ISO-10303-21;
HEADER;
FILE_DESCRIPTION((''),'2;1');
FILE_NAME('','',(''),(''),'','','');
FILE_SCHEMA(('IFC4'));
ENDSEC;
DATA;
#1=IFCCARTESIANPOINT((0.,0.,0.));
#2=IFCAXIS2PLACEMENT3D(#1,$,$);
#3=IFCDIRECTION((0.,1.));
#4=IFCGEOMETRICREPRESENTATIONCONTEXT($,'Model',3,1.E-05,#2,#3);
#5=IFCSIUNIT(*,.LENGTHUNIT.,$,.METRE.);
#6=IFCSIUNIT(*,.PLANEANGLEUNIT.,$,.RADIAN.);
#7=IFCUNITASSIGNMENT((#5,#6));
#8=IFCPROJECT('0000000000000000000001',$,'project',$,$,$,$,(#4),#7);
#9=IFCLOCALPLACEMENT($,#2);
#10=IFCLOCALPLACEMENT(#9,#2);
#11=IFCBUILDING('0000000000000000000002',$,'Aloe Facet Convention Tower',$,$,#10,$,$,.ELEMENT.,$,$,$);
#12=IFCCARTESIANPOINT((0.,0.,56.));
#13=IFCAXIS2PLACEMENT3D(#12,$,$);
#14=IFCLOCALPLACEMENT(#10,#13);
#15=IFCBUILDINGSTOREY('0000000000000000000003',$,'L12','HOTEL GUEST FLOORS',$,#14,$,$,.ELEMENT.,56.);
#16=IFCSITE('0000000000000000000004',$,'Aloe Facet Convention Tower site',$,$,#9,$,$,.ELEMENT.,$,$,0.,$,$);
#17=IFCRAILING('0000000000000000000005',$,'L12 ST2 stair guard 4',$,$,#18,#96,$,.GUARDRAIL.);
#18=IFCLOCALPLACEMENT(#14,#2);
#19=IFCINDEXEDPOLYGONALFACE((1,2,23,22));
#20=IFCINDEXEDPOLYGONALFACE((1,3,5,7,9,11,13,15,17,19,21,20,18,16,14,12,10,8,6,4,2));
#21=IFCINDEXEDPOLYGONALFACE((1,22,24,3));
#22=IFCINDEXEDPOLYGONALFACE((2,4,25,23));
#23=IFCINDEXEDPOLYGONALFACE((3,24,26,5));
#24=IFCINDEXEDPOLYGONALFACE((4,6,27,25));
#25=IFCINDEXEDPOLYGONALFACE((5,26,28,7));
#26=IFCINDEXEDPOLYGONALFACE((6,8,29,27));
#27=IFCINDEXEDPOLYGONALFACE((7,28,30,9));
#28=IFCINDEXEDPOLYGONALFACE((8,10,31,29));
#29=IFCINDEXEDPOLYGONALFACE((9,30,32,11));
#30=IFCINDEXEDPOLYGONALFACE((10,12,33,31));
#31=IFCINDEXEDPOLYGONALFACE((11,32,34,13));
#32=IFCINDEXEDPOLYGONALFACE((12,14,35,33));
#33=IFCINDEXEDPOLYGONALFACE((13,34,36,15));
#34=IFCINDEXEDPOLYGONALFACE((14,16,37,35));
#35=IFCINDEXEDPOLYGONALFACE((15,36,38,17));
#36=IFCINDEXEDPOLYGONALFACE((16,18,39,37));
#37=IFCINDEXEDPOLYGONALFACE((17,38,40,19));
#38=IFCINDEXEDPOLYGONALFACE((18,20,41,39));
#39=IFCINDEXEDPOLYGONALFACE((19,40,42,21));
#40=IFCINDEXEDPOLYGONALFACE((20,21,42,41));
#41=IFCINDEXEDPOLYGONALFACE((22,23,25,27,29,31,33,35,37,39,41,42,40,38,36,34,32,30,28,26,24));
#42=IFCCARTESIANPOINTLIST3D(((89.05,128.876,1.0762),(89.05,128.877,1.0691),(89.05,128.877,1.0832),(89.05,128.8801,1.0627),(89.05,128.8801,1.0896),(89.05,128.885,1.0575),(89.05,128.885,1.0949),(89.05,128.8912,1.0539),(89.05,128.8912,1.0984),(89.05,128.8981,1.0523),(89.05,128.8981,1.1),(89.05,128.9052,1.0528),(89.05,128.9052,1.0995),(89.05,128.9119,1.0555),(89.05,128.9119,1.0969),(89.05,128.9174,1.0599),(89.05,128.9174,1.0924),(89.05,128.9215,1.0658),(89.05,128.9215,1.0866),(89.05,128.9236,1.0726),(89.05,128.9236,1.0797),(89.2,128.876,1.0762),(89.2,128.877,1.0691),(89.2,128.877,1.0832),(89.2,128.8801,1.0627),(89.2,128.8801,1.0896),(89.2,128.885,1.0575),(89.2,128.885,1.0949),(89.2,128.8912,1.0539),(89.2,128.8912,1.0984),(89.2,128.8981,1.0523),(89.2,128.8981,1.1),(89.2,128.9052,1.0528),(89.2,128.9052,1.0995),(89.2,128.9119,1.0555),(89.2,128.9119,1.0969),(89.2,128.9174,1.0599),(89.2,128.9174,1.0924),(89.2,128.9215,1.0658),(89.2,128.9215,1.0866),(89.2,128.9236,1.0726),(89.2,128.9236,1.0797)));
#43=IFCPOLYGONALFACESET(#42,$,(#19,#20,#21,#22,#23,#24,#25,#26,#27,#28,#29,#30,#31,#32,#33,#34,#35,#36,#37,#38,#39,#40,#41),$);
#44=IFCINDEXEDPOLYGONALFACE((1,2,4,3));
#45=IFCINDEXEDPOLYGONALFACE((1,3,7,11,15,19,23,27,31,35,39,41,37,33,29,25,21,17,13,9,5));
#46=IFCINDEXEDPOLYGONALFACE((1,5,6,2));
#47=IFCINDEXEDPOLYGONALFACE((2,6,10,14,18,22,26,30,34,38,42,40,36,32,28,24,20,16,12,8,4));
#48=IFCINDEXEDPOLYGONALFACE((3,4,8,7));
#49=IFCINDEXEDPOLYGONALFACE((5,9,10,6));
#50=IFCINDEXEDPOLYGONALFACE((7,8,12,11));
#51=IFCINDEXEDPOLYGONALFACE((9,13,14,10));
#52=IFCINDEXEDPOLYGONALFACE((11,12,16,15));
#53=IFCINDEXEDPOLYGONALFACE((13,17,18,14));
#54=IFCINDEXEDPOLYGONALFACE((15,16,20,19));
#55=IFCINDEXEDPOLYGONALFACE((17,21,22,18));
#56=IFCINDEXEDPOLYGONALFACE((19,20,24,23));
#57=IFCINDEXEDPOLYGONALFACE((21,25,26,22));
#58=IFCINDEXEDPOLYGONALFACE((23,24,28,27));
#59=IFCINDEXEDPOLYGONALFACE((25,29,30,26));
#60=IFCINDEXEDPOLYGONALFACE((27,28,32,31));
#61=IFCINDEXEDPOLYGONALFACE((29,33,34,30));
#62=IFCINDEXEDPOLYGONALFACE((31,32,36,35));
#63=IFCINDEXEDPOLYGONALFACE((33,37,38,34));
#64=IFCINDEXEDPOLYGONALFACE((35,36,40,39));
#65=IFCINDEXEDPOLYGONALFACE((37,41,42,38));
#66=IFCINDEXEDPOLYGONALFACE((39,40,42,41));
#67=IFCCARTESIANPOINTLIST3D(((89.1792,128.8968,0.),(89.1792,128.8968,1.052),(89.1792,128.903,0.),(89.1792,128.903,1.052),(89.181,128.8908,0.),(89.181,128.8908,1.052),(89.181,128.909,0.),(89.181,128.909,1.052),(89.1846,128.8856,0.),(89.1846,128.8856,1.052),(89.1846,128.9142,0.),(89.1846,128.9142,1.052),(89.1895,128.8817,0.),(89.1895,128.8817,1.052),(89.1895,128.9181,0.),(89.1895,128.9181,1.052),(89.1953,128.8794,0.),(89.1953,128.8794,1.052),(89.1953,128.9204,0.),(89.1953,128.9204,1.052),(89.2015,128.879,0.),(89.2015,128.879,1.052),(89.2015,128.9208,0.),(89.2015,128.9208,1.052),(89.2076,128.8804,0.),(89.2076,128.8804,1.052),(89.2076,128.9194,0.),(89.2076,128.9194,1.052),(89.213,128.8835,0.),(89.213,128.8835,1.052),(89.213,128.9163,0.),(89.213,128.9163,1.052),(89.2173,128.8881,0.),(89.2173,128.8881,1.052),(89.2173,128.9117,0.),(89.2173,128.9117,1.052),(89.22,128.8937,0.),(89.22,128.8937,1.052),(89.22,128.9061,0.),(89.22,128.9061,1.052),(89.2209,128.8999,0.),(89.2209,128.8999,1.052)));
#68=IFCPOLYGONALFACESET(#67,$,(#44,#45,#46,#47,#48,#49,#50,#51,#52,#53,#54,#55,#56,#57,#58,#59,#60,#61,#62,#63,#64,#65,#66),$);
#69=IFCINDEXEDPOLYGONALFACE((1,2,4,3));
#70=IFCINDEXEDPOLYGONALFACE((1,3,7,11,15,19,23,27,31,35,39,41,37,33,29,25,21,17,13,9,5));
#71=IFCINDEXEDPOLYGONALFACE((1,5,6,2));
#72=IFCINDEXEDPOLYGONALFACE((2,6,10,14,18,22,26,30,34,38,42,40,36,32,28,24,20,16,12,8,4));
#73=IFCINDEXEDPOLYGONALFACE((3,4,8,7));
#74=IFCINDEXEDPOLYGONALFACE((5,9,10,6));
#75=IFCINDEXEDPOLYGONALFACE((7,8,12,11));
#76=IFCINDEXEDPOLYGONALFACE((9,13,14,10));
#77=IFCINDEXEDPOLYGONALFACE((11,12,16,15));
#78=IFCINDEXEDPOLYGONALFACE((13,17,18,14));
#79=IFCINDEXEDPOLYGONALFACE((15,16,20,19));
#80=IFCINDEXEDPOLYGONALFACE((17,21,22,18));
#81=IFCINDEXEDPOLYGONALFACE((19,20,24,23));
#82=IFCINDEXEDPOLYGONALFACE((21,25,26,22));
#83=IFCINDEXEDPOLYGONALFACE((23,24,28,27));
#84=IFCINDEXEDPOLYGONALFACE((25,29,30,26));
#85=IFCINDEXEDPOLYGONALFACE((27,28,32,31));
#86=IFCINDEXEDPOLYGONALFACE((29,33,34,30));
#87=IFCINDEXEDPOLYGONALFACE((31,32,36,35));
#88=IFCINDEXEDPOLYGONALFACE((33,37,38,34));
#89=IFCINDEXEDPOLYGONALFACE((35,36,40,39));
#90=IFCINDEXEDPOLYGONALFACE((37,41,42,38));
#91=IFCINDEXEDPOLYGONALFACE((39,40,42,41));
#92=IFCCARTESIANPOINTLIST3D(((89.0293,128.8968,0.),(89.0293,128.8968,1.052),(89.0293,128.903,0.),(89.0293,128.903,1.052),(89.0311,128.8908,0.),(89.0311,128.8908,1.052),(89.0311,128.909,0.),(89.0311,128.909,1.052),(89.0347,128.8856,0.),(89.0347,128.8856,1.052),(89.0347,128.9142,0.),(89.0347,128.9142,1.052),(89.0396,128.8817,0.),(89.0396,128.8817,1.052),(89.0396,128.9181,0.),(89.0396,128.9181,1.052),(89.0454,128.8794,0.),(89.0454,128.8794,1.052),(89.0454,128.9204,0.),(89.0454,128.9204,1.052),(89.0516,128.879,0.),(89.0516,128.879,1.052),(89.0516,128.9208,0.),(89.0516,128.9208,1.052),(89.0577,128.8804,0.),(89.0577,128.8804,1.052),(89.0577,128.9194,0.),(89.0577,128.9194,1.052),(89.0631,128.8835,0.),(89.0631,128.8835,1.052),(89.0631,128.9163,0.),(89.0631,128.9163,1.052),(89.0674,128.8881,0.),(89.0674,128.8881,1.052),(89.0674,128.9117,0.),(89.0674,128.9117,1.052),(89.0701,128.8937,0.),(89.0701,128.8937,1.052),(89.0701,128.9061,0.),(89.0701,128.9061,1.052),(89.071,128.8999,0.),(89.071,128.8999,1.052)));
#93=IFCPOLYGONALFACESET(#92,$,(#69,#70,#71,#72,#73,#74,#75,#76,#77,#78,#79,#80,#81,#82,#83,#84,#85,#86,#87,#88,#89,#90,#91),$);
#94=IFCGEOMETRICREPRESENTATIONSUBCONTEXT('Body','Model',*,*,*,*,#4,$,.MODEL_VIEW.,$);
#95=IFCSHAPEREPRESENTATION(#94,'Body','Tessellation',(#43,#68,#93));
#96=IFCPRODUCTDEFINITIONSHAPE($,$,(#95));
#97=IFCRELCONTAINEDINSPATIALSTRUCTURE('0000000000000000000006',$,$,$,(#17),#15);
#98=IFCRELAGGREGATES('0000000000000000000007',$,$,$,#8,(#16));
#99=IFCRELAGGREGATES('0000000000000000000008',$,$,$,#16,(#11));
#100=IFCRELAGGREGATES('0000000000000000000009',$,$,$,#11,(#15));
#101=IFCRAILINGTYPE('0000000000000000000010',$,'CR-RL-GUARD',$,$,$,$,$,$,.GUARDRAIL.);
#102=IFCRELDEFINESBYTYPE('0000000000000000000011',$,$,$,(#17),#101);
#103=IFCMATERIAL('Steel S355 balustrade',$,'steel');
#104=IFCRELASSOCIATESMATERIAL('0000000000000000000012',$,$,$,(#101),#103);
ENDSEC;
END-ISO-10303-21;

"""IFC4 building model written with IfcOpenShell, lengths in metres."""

from ifc_helpers import new_model, si_unit, direction, frame, origin, origin_2d, place, context, subcontext, project, spatial, circle, extrude, material, type_object, element, save


model = new_model("IFC4")

# Units and contexts
model_context = context("Model", 3, precision=1e-05, world=origin(), true_north=direction((0.0, 1.0)))
body_context = subcontext(model_context, "Body", "Model", "MODEL_VIEW")
ifc_project = project(units=[si_unit("LENGTHUNIT", "METRE"), si_unit("PLANEANGLEUNIT", "RADIAN")], contexts=[model_context])

# Site, building, storey
site_placement = place(None, origin())
site = spatial("IfcSite", under=ifc_project, at=site_placement, Name="Aloe Facet Convention Tower site", CompositionType="ELEMENT", RefElevation=0.0)
building_placement = place(site_placement, origin())
building = spatial("IfcBuilding", under=site, at=building_placement, Name="Aloe Facet Convention Tower", CompositionType="ELEMENT")
storey_placement = place(building_placement, frame((0.0, 0.0, 56.0)))
storey = spatial("IfcBuildingStorey", under=building, at=storey_placement, Name="L12", Description="HOTEL GUEST FLOORS", CompositionType="ELEMENT", Elevation=56.0)

# Railing
ifc_material_1 = material(Name="Steel S355 balustrade", Category="steel")
railing_type_1 = type_object("IfcRailingType", Name="CR-RL-GUARD", PredefinedType="GUARDRAIL", material=ifc_material_1)
railing_1_placement = place(storey_placement, frame((89.2, 128.8999, 0.0)))
element("IfcRailing", 1, at=railing_1_placement, inside=storey, type_object=railing_type_1, Name="L12 ST2 stair guard 4", PredefinedType="GUARDRAIL", context=body_context, shape_type="SweptSolid", body=[
    extrude(circle(Radius=0.0239, at=origin_2d()), frame((0.0, 0.0, 1.0762), z_axis=(-1.0, 0.0, 0.0), x_axis=(0.0, -1.0, 0.0)), (0.0, 0.0, 1.0), 0.1499),
    extrude(circle(Radius=0.021, at=origin_2d()), origin(), (0.0, 0.0, 1.0), 1.052),
    extrude(circle(Radius=0.021, at=origin_2d()), frame((-0.1499, 0.0, 0.0)), (0.0, 0.0, 1.0), 1.052),
])

save(model, "model.ifc")
